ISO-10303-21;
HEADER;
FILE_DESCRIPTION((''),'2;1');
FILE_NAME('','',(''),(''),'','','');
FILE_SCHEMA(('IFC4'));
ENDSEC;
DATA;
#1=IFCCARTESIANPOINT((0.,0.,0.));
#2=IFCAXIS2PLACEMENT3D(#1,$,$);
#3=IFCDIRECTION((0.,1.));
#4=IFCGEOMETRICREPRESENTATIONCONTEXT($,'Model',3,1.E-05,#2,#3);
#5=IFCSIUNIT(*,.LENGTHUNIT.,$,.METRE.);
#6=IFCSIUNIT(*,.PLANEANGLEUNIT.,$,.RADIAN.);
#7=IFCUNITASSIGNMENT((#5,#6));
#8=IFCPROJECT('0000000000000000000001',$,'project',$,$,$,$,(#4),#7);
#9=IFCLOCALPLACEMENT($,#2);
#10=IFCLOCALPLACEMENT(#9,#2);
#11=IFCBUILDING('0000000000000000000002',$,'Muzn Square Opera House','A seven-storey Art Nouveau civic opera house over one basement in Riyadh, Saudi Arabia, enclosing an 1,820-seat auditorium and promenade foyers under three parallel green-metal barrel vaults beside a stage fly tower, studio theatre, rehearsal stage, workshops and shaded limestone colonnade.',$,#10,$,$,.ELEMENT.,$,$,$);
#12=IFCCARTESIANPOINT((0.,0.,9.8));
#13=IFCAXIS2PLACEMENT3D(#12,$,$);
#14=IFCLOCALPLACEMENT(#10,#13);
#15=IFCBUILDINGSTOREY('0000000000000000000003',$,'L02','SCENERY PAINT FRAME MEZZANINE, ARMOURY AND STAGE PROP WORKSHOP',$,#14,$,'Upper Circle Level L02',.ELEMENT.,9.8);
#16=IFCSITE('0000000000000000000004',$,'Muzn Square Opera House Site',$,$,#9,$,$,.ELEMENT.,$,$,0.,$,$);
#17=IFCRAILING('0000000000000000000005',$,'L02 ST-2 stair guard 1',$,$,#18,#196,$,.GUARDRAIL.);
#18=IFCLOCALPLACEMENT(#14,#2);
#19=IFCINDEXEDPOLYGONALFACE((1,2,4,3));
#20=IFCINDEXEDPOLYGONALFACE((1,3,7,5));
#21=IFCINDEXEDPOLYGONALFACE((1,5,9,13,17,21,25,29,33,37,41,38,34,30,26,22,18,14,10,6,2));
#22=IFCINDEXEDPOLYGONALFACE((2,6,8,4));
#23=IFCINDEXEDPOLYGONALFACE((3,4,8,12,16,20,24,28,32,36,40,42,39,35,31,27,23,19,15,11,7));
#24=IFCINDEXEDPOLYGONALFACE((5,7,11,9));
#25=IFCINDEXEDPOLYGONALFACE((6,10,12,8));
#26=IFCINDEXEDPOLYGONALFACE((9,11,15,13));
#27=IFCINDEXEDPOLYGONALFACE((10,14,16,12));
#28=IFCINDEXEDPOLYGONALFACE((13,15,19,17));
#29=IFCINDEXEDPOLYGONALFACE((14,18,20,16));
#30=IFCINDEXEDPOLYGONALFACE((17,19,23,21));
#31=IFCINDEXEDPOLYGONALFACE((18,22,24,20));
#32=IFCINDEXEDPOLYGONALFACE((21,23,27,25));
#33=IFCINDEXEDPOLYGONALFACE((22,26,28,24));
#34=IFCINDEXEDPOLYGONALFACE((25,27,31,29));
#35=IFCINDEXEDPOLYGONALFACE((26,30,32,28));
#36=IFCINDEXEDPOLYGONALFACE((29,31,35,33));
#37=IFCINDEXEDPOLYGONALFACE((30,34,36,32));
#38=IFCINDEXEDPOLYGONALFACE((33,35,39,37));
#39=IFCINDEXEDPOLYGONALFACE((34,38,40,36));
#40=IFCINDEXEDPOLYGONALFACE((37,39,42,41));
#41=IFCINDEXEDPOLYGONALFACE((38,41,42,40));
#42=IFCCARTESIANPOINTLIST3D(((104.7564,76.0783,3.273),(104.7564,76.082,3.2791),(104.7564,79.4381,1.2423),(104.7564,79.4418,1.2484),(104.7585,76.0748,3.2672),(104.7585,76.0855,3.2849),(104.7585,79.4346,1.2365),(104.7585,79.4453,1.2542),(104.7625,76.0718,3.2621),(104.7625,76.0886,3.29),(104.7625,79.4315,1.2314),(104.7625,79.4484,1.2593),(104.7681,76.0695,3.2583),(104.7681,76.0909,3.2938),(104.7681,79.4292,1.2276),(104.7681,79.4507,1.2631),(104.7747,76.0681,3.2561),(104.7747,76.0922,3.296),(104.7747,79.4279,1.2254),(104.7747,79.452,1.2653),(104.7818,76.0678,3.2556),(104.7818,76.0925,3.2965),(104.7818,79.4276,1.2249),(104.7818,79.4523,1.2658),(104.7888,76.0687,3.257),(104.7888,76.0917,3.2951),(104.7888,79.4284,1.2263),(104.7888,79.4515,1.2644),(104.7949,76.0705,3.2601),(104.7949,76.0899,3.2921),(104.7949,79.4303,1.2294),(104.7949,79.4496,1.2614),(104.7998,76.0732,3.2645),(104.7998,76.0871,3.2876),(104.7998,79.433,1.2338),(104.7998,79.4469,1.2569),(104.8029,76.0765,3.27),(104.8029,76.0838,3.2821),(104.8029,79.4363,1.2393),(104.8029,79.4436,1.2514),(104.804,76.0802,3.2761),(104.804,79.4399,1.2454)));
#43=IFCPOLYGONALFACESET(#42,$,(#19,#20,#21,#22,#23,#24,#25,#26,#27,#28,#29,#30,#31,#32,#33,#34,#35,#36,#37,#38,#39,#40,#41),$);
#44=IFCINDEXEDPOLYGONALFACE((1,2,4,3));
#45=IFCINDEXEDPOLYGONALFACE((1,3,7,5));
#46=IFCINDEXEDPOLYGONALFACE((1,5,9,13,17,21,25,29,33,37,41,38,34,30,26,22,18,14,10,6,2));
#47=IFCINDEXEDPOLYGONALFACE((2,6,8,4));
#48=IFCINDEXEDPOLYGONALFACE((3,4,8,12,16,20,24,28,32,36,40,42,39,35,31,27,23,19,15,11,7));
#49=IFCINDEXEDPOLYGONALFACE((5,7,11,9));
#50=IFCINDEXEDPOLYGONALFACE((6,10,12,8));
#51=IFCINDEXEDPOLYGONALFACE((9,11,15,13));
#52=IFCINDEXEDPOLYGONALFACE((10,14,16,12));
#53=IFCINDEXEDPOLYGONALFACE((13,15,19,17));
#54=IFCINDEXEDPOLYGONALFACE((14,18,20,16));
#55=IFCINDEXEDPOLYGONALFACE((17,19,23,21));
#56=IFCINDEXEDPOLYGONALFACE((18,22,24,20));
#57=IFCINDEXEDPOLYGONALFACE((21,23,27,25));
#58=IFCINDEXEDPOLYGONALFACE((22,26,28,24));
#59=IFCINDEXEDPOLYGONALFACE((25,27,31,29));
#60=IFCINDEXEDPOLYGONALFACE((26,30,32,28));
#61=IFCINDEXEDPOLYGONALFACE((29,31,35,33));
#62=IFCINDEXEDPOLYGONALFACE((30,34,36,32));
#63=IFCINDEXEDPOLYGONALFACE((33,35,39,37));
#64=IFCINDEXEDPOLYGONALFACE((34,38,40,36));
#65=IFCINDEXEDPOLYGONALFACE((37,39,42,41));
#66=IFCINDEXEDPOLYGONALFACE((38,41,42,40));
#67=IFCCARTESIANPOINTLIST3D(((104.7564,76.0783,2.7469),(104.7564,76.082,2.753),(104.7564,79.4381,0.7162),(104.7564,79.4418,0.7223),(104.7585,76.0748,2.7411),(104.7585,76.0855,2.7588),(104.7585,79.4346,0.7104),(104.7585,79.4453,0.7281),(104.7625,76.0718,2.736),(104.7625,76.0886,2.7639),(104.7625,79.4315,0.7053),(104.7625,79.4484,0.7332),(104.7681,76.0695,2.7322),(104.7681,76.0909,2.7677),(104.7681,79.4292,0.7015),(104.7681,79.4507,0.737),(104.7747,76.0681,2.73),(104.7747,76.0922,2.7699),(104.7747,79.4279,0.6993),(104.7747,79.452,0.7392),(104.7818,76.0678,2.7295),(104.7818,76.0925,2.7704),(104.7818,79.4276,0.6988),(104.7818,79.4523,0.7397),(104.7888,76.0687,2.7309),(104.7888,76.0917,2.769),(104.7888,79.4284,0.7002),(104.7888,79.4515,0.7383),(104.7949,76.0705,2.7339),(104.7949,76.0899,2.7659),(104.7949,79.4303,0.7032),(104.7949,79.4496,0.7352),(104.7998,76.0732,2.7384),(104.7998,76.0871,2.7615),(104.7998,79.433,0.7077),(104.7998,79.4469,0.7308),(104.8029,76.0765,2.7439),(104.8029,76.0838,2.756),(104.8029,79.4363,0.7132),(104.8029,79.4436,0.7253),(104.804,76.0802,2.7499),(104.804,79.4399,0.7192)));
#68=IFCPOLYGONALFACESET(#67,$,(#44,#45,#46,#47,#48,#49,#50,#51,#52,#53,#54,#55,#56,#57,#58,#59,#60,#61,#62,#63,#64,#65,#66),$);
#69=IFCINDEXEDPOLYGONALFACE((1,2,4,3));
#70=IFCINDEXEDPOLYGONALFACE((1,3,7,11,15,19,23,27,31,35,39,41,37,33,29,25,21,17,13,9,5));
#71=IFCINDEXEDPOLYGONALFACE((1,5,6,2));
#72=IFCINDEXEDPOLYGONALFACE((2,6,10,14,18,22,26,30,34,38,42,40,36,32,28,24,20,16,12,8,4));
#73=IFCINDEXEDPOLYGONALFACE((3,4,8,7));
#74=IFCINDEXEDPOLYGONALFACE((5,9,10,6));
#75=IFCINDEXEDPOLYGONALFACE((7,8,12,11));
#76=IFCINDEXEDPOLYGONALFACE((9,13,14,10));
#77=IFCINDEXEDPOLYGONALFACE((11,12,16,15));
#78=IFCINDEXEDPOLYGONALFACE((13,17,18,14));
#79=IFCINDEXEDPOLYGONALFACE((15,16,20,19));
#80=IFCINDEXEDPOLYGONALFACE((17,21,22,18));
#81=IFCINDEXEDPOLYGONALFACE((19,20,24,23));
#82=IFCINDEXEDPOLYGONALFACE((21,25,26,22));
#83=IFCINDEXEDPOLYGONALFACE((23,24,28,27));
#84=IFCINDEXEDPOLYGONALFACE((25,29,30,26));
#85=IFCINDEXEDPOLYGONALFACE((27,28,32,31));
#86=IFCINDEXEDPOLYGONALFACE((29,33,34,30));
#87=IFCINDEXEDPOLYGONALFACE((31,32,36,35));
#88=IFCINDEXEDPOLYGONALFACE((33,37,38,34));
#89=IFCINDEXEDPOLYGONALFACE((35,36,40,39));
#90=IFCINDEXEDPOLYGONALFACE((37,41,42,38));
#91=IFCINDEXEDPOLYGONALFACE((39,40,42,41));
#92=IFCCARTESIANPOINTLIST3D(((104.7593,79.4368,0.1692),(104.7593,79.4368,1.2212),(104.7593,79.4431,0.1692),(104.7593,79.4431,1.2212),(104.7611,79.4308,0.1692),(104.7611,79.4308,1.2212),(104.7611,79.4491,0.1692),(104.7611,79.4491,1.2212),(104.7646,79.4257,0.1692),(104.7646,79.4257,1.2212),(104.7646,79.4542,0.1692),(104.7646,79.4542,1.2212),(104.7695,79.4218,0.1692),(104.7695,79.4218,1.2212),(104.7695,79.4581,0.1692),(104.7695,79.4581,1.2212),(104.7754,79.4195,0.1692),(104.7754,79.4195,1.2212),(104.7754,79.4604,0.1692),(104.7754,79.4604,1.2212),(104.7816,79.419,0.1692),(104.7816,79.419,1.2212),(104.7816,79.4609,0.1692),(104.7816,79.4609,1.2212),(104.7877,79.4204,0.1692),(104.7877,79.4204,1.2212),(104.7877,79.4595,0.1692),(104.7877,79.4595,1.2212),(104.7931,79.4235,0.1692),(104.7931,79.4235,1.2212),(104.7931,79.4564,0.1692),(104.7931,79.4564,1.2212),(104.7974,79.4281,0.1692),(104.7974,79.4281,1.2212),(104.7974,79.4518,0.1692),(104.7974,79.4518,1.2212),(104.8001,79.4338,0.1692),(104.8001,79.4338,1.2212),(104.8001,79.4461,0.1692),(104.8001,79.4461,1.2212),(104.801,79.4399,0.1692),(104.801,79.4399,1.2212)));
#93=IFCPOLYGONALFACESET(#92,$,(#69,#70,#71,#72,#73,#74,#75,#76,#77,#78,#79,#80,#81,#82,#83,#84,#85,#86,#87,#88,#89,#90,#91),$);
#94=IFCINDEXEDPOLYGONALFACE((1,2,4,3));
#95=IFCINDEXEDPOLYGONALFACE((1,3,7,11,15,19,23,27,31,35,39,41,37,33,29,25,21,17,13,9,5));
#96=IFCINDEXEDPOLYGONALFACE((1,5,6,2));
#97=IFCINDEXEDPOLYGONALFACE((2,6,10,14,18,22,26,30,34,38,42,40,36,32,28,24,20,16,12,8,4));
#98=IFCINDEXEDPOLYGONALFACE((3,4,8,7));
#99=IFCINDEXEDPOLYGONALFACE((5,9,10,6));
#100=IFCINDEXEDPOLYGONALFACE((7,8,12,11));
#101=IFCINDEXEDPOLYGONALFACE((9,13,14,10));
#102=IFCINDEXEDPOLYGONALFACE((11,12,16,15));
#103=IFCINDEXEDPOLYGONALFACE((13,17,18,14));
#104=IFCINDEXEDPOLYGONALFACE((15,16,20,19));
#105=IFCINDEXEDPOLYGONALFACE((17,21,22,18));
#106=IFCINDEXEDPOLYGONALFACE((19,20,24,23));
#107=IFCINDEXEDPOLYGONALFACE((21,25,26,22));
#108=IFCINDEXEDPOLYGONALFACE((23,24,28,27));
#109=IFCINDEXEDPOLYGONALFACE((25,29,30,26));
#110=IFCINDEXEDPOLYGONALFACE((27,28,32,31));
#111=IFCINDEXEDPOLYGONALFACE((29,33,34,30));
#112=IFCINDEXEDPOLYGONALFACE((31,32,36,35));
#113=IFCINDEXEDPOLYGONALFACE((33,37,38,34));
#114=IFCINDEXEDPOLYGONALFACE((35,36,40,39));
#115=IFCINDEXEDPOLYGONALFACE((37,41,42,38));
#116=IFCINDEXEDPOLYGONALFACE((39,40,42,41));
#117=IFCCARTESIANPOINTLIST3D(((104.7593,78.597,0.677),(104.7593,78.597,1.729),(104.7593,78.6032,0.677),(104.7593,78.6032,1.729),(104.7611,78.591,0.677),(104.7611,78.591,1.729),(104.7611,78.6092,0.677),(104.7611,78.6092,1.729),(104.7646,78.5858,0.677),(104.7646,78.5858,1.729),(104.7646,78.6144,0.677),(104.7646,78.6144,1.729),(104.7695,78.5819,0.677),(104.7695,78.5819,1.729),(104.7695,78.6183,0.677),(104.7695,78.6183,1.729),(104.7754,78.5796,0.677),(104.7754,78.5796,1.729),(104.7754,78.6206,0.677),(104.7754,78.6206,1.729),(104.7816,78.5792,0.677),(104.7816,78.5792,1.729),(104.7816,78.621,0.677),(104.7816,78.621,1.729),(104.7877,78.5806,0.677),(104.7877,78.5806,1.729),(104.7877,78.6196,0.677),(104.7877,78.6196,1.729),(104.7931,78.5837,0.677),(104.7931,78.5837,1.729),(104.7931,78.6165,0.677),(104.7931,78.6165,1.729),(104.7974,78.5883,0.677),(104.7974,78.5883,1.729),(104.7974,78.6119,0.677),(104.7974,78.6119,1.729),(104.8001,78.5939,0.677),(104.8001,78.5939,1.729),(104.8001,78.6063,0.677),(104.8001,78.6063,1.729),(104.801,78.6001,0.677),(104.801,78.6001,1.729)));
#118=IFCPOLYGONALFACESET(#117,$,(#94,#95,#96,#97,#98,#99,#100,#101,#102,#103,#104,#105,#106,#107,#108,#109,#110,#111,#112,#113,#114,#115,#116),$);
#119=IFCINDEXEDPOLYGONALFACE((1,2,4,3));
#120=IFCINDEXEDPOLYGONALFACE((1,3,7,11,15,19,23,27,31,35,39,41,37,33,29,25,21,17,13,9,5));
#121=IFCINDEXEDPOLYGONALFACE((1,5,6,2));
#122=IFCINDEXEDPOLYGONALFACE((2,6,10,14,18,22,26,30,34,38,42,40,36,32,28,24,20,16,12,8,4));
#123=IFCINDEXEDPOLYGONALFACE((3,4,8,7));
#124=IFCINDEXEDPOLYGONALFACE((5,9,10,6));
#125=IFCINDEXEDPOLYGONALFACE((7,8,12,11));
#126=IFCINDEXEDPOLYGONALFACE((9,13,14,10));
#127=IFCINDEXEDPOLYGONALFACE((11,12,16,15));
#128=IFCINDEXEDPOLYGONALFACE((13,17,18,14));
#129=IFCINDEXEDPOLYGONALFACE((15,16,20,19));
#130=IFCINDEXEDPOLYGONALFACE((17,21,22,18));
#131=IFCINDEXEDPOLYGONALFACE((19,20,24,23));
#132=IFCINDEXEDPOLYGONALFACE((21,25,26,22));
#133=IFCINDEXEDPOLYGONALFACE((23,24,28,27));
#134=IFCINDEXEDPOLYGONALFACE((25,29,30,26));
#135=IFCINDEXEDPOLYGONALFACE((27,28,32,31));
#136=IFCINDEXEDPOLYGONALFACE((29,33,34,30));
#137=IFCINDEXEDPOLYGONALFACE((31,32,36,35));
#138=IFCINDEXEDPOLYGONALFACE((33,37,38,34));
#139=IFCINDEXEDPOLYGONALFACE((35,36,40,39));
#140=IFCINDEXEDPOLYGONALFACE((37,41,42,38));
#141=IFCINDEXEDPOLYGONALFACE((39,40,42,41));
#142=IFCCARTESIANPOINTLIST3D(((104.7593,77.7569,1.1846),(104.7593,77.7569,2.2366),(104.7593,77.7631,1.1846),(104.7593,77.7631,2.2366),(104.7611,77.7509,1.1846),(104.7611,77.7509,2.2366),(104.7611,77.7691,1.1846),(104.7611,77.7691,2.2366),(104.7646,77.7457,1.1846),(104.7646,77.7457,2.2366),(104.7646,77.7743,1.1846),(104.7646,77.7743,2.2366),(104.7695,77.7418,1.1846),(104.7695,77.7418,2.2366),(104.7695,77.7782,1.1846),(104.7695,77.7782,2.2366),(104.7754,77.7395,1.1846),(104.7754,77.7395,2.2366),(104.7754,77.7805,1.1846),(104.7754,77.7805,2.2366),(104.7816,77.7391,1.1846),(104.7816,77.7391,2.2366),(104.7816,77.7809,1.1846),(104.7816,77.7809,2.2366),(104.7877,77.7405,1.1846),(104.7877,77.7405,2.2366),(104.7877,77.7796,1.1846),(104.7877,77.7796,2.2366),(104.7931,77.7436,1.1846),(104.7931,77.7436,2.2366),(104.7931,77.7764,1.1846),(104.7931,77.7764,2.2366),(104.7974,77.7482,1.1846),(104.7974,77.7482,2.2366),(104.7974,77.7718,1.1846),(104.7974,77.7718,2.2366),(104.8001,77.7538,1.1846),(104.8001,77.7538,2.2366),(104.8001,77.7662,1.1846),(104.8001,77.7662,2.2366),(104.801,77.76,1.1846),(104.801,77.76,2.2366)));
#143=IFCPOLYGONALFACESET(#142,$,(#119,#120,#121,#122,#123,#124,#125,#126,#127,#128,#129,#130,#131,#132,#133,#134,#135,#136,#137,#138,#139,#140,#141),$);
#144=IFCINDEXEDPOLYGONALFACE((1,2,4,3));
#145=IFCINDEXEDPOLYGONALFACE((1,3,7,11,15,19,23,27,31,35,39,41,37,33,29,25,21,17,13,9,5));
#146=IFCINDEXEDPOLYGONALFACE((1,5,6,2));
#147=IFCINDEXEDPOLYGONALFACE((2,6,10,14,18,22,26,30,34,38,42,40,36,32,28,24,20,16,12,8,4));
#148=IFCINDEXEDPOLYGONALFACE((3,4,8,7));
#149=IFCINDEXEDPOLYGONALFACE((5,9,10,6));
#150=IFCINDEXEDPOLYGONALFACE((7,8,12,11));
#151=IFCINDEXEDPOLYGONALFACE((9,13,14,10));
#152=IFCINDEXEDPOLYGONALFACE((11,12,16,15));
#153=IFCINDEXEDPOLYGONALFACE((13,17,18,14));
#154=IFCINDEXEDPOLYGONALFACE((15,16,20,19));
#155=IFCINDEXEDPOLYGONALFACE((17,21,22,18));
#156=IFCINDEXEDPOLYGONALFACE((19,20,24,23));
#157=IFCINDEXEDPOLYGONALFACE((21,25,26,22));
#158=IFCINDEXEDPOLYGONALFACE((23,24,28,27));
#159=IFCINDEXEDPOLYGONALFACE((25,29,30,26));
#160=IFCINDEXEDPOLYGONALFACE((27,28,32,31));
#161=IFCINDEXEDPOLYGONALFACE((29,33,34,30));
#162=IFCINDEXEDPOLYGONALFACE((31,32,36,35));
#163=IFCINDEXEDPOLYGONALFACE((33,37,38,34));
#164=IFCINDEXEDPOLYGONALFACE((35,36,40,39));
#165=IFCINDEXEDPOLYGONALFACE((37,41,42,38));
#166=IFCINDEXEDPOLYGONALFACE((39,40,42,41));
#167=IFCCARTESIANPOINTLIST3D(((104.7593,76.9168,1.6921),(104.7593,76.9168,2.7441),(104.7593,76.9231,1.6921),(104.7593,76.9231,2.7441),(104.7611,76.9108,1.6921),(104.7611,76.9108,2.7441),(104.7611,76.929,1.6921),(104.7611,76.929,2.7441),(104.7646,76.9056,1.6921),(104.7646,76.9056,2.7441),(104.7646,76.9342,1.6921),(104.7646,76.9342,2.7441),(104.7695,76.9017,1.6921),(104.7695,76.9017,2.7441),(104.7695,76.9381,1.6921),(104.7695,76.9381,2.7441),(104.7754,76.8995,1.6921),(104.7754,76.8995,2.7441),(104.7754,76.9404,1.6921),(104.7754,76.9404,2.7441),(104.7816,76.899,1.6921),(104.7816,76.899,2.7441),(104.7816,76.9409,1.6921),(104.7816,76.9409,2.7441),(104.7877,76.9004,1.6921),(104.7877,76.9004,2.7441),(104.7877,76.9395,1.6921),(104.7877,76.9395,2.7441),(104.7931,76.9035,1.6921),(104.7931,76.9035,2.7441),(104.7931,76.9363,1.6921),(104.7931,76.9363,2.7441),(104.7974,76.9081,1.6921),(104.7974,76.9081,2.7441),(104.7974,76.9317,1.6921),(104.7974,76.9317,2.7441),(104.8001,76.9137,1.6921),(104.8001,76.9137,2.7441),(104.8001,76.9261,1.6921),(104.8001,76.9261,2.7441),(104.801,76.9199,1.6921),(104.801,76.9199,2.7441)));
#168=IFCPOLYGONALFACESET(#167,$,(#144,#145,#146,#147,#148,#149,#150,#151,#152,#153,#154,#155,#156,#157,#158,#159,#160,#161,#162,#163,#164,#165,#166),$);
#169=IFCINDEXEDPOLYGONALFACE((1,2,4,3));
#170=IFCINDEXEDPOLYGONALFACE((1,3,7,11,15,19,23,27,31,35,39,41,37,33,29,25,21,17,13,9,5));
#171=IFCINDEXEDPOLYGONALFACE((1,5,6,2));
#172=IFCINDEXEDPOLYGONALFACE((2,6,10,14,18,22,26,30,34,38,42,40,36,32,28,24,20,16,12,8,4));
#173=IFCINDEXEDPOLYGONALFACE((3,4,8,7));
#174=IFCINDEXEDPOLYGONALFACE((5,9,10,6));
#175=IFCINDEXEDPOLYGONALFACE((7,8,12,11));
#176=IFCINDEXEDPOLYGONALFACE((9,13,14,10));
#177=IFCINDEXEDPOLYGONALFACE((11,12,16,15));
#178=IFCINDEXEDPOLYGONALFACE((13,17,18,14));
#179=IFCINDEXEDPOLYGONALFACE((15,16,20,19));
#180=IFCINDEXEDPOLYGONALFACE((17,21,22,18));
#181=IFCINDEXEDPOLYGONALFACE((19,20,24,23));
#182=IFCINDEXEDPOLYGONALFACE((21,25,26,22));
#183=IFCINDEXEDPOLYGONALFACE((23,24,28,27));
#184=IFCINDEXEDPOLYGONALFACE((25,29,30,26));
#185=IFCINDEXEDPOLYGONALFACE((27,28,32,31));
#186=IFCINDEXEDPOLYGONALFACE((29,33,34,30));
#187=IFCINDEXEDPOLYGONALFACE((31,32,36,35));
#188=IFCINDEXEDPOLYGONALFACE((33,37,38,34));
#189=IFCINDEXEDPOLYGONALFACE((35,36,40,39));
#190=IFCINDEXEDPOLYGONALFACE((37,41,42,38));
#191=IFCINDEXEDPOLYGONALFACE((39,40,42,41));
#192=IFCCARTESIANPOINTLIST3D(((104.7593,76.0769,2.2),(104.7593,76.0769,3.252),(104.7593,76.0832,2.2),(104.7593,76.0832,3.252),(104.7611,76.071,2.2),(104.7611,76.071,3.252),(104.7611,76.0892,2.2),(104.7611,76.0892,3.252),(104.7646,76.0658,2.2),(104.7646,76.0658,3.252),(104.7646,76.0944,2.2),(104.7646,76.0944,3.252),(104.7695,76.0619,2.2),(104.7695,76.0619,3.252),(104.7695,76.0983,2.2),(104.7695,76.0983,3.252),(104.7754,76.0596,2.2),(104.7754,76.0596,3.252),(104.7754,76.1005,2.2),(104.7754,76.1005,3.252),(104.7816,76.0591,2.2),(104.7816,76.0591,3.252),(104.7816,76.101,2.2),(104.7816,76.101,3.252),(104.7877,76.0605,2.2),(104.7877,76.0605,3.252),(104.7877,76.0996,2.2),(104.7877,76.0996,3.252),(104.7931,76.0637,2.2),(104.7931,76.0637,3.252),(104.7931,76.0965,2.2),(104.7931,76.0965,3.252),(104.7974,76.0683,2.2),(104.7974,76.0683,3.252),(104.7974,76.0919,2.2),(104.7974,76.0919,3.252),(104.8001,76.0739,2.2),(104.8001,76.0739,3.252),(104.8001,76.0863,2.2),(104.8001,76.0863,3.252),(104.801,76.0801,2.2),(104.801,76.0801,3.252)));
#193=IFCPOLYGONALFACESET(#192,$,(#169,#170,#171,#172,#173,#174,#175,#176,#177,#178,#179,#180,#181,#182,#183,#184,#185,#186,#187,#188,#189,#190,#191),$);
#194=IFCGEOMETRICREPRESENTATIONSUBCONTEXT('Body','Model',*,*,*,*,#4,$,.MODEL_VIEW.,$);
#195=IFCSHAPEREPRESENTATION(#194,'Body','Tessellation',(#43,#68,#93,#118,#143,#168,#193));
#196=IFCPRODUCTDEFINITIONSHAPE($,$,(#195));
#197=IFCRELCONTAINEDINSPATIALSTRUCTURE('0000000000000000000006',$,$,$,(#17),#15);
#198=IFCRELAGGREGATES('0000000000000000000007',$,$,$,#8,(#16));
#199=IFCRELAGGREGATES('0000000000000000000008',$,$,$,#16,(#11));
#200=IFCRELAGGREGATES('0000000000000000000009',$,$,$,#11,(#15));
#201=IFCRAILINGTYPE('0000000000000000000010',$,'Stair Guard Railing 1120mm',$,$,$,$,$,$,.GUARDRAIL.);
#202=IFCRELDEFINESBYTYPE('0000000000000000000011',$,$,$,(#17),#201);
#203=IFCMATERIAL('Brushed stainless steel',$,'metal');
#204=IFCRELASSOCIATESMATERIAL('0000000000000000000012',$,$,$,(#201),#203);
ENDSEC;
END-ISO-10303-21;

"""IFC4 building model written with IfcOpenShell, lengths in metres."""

from ifc_helpers import new_model, si_unit, direction, frame, origin, origin_2d, place, context, subcontext, project, spatial, circle, extrude, material, type_object, element, save


model = new_model("IFC4")

# Units and contexts
model_context = context("Model", 3, precision=1e-05, world=origin(), true_north=direction((0.0, 1.0)))
body_context = subcontext(model_context, "Body", "Model", "MODEL_VIEW")
ifc_project = project(units=[si_unit("LENGTHUNIT", "METRE"), si_unit("PLANEANGLEUNIT", "RADIAN")], contexts=[model_context])

# Site, building, storey
site_placement = place(None, origin())
site = spatial("IfcSite", under=ifc_project, at=site_placement, Name="Muzn Square Opera House Site", CompositionType="ELEMENT", RefElevation=0.0)
building_placement = place(site_placement, origin())
building = spatial("IfcBuilding", under=site, at=building_placement, Name="Muzn Square Opera House", Description="A seven-storey Art Nouveau civic opera house over one basement in Riyadh, Saudi Arabia, enclosing an 1,820-seat auditorium and promenade foyers under three parallel green-metal barrel vaults beside a stage fly tower, studio theatre, rehearsal stage, workshops and shaded limestone colonnade.", CompositionType="ELEMENT")
storey_placement = place(building_placement, frame((0.0, 0.0, 9.8)))
storey = spatial("IfcBuildingStorey", under=building, at=storey_placement, Name="L02", Description="SCENERY PAINT FRAME MEZZANINE, ARMOURY AND STAGE PROP WORKSHOP", LongName="Upper Circle Level L02", CompositionType="ELEMENT", Elevation=9.8)

# Railing
ifc_material_1 = material(Name="Brushed stainless steel", Category="metal")
railing_type_1 = type_object("IfcRailingType", Name="Stair Guard Railing 1120mm", PredefinedType="GUARDRAIL", material=ifc_material_1)
railing_1_placement = place(storey_placement, frame((104.78, 79.4399, 0.1692)))
element("IfcRailing", 1, at=railing_1_placement, inside=storey, type_object=railing_type_1, Name="L02 ST-2 stair guard 1", PredefinedType="GUARDRAIL", context=body_context, shape_type="SweptSolid", body=[
    extrude(circle(Radius=0.0239, at=origin_2d()), frame((0.0, 0.0, 1.0762), z_axis=(0.0, -0.85582, 0.517273), x_axis=(1.0, 0.0, 0.0)), (0.0, 0.0, 1.0), 3.9258),
    extrude(circle(Radius=0.0239, at=origin_2d()), frame((0.0, 0.0, 0.55), z_axis=(0.0, -0.85582, 0.517273), x_axis=(1.0, 0.0, 0.0)), (0.0, 0.0, 1.0), 3.9258),
    extrude(circle(Radius=0.021, at=origin_2d()), origin(), (0.0, 0.0, 1.0), 1.052),
    extrude(circle(Radius=0.021, at=origin_2d()), frame((0.0, -0.8398, 0.5078)), (0.0, 0.0, 1.0), 1.052),
    extrude(circle(Radius=0.021, at=origin_2d()), frame((0.0, -1.6799, 1.0154)), (0.0, 0.0, 1.0), 1.052),
    extrude(circle(Radius=0.021, at=origin_2d()), frame((0.0, -2.52, 1.5229)), (0.0, 0.0, 1.0), 1.052),
    extrude(circle(Radius=0.021, at=origin_2d()), frame((0.0, -3.3599, 2.0308)), (0.0, 0.0, 1.0), 1.052),
])

save(model, "model.ifc")
